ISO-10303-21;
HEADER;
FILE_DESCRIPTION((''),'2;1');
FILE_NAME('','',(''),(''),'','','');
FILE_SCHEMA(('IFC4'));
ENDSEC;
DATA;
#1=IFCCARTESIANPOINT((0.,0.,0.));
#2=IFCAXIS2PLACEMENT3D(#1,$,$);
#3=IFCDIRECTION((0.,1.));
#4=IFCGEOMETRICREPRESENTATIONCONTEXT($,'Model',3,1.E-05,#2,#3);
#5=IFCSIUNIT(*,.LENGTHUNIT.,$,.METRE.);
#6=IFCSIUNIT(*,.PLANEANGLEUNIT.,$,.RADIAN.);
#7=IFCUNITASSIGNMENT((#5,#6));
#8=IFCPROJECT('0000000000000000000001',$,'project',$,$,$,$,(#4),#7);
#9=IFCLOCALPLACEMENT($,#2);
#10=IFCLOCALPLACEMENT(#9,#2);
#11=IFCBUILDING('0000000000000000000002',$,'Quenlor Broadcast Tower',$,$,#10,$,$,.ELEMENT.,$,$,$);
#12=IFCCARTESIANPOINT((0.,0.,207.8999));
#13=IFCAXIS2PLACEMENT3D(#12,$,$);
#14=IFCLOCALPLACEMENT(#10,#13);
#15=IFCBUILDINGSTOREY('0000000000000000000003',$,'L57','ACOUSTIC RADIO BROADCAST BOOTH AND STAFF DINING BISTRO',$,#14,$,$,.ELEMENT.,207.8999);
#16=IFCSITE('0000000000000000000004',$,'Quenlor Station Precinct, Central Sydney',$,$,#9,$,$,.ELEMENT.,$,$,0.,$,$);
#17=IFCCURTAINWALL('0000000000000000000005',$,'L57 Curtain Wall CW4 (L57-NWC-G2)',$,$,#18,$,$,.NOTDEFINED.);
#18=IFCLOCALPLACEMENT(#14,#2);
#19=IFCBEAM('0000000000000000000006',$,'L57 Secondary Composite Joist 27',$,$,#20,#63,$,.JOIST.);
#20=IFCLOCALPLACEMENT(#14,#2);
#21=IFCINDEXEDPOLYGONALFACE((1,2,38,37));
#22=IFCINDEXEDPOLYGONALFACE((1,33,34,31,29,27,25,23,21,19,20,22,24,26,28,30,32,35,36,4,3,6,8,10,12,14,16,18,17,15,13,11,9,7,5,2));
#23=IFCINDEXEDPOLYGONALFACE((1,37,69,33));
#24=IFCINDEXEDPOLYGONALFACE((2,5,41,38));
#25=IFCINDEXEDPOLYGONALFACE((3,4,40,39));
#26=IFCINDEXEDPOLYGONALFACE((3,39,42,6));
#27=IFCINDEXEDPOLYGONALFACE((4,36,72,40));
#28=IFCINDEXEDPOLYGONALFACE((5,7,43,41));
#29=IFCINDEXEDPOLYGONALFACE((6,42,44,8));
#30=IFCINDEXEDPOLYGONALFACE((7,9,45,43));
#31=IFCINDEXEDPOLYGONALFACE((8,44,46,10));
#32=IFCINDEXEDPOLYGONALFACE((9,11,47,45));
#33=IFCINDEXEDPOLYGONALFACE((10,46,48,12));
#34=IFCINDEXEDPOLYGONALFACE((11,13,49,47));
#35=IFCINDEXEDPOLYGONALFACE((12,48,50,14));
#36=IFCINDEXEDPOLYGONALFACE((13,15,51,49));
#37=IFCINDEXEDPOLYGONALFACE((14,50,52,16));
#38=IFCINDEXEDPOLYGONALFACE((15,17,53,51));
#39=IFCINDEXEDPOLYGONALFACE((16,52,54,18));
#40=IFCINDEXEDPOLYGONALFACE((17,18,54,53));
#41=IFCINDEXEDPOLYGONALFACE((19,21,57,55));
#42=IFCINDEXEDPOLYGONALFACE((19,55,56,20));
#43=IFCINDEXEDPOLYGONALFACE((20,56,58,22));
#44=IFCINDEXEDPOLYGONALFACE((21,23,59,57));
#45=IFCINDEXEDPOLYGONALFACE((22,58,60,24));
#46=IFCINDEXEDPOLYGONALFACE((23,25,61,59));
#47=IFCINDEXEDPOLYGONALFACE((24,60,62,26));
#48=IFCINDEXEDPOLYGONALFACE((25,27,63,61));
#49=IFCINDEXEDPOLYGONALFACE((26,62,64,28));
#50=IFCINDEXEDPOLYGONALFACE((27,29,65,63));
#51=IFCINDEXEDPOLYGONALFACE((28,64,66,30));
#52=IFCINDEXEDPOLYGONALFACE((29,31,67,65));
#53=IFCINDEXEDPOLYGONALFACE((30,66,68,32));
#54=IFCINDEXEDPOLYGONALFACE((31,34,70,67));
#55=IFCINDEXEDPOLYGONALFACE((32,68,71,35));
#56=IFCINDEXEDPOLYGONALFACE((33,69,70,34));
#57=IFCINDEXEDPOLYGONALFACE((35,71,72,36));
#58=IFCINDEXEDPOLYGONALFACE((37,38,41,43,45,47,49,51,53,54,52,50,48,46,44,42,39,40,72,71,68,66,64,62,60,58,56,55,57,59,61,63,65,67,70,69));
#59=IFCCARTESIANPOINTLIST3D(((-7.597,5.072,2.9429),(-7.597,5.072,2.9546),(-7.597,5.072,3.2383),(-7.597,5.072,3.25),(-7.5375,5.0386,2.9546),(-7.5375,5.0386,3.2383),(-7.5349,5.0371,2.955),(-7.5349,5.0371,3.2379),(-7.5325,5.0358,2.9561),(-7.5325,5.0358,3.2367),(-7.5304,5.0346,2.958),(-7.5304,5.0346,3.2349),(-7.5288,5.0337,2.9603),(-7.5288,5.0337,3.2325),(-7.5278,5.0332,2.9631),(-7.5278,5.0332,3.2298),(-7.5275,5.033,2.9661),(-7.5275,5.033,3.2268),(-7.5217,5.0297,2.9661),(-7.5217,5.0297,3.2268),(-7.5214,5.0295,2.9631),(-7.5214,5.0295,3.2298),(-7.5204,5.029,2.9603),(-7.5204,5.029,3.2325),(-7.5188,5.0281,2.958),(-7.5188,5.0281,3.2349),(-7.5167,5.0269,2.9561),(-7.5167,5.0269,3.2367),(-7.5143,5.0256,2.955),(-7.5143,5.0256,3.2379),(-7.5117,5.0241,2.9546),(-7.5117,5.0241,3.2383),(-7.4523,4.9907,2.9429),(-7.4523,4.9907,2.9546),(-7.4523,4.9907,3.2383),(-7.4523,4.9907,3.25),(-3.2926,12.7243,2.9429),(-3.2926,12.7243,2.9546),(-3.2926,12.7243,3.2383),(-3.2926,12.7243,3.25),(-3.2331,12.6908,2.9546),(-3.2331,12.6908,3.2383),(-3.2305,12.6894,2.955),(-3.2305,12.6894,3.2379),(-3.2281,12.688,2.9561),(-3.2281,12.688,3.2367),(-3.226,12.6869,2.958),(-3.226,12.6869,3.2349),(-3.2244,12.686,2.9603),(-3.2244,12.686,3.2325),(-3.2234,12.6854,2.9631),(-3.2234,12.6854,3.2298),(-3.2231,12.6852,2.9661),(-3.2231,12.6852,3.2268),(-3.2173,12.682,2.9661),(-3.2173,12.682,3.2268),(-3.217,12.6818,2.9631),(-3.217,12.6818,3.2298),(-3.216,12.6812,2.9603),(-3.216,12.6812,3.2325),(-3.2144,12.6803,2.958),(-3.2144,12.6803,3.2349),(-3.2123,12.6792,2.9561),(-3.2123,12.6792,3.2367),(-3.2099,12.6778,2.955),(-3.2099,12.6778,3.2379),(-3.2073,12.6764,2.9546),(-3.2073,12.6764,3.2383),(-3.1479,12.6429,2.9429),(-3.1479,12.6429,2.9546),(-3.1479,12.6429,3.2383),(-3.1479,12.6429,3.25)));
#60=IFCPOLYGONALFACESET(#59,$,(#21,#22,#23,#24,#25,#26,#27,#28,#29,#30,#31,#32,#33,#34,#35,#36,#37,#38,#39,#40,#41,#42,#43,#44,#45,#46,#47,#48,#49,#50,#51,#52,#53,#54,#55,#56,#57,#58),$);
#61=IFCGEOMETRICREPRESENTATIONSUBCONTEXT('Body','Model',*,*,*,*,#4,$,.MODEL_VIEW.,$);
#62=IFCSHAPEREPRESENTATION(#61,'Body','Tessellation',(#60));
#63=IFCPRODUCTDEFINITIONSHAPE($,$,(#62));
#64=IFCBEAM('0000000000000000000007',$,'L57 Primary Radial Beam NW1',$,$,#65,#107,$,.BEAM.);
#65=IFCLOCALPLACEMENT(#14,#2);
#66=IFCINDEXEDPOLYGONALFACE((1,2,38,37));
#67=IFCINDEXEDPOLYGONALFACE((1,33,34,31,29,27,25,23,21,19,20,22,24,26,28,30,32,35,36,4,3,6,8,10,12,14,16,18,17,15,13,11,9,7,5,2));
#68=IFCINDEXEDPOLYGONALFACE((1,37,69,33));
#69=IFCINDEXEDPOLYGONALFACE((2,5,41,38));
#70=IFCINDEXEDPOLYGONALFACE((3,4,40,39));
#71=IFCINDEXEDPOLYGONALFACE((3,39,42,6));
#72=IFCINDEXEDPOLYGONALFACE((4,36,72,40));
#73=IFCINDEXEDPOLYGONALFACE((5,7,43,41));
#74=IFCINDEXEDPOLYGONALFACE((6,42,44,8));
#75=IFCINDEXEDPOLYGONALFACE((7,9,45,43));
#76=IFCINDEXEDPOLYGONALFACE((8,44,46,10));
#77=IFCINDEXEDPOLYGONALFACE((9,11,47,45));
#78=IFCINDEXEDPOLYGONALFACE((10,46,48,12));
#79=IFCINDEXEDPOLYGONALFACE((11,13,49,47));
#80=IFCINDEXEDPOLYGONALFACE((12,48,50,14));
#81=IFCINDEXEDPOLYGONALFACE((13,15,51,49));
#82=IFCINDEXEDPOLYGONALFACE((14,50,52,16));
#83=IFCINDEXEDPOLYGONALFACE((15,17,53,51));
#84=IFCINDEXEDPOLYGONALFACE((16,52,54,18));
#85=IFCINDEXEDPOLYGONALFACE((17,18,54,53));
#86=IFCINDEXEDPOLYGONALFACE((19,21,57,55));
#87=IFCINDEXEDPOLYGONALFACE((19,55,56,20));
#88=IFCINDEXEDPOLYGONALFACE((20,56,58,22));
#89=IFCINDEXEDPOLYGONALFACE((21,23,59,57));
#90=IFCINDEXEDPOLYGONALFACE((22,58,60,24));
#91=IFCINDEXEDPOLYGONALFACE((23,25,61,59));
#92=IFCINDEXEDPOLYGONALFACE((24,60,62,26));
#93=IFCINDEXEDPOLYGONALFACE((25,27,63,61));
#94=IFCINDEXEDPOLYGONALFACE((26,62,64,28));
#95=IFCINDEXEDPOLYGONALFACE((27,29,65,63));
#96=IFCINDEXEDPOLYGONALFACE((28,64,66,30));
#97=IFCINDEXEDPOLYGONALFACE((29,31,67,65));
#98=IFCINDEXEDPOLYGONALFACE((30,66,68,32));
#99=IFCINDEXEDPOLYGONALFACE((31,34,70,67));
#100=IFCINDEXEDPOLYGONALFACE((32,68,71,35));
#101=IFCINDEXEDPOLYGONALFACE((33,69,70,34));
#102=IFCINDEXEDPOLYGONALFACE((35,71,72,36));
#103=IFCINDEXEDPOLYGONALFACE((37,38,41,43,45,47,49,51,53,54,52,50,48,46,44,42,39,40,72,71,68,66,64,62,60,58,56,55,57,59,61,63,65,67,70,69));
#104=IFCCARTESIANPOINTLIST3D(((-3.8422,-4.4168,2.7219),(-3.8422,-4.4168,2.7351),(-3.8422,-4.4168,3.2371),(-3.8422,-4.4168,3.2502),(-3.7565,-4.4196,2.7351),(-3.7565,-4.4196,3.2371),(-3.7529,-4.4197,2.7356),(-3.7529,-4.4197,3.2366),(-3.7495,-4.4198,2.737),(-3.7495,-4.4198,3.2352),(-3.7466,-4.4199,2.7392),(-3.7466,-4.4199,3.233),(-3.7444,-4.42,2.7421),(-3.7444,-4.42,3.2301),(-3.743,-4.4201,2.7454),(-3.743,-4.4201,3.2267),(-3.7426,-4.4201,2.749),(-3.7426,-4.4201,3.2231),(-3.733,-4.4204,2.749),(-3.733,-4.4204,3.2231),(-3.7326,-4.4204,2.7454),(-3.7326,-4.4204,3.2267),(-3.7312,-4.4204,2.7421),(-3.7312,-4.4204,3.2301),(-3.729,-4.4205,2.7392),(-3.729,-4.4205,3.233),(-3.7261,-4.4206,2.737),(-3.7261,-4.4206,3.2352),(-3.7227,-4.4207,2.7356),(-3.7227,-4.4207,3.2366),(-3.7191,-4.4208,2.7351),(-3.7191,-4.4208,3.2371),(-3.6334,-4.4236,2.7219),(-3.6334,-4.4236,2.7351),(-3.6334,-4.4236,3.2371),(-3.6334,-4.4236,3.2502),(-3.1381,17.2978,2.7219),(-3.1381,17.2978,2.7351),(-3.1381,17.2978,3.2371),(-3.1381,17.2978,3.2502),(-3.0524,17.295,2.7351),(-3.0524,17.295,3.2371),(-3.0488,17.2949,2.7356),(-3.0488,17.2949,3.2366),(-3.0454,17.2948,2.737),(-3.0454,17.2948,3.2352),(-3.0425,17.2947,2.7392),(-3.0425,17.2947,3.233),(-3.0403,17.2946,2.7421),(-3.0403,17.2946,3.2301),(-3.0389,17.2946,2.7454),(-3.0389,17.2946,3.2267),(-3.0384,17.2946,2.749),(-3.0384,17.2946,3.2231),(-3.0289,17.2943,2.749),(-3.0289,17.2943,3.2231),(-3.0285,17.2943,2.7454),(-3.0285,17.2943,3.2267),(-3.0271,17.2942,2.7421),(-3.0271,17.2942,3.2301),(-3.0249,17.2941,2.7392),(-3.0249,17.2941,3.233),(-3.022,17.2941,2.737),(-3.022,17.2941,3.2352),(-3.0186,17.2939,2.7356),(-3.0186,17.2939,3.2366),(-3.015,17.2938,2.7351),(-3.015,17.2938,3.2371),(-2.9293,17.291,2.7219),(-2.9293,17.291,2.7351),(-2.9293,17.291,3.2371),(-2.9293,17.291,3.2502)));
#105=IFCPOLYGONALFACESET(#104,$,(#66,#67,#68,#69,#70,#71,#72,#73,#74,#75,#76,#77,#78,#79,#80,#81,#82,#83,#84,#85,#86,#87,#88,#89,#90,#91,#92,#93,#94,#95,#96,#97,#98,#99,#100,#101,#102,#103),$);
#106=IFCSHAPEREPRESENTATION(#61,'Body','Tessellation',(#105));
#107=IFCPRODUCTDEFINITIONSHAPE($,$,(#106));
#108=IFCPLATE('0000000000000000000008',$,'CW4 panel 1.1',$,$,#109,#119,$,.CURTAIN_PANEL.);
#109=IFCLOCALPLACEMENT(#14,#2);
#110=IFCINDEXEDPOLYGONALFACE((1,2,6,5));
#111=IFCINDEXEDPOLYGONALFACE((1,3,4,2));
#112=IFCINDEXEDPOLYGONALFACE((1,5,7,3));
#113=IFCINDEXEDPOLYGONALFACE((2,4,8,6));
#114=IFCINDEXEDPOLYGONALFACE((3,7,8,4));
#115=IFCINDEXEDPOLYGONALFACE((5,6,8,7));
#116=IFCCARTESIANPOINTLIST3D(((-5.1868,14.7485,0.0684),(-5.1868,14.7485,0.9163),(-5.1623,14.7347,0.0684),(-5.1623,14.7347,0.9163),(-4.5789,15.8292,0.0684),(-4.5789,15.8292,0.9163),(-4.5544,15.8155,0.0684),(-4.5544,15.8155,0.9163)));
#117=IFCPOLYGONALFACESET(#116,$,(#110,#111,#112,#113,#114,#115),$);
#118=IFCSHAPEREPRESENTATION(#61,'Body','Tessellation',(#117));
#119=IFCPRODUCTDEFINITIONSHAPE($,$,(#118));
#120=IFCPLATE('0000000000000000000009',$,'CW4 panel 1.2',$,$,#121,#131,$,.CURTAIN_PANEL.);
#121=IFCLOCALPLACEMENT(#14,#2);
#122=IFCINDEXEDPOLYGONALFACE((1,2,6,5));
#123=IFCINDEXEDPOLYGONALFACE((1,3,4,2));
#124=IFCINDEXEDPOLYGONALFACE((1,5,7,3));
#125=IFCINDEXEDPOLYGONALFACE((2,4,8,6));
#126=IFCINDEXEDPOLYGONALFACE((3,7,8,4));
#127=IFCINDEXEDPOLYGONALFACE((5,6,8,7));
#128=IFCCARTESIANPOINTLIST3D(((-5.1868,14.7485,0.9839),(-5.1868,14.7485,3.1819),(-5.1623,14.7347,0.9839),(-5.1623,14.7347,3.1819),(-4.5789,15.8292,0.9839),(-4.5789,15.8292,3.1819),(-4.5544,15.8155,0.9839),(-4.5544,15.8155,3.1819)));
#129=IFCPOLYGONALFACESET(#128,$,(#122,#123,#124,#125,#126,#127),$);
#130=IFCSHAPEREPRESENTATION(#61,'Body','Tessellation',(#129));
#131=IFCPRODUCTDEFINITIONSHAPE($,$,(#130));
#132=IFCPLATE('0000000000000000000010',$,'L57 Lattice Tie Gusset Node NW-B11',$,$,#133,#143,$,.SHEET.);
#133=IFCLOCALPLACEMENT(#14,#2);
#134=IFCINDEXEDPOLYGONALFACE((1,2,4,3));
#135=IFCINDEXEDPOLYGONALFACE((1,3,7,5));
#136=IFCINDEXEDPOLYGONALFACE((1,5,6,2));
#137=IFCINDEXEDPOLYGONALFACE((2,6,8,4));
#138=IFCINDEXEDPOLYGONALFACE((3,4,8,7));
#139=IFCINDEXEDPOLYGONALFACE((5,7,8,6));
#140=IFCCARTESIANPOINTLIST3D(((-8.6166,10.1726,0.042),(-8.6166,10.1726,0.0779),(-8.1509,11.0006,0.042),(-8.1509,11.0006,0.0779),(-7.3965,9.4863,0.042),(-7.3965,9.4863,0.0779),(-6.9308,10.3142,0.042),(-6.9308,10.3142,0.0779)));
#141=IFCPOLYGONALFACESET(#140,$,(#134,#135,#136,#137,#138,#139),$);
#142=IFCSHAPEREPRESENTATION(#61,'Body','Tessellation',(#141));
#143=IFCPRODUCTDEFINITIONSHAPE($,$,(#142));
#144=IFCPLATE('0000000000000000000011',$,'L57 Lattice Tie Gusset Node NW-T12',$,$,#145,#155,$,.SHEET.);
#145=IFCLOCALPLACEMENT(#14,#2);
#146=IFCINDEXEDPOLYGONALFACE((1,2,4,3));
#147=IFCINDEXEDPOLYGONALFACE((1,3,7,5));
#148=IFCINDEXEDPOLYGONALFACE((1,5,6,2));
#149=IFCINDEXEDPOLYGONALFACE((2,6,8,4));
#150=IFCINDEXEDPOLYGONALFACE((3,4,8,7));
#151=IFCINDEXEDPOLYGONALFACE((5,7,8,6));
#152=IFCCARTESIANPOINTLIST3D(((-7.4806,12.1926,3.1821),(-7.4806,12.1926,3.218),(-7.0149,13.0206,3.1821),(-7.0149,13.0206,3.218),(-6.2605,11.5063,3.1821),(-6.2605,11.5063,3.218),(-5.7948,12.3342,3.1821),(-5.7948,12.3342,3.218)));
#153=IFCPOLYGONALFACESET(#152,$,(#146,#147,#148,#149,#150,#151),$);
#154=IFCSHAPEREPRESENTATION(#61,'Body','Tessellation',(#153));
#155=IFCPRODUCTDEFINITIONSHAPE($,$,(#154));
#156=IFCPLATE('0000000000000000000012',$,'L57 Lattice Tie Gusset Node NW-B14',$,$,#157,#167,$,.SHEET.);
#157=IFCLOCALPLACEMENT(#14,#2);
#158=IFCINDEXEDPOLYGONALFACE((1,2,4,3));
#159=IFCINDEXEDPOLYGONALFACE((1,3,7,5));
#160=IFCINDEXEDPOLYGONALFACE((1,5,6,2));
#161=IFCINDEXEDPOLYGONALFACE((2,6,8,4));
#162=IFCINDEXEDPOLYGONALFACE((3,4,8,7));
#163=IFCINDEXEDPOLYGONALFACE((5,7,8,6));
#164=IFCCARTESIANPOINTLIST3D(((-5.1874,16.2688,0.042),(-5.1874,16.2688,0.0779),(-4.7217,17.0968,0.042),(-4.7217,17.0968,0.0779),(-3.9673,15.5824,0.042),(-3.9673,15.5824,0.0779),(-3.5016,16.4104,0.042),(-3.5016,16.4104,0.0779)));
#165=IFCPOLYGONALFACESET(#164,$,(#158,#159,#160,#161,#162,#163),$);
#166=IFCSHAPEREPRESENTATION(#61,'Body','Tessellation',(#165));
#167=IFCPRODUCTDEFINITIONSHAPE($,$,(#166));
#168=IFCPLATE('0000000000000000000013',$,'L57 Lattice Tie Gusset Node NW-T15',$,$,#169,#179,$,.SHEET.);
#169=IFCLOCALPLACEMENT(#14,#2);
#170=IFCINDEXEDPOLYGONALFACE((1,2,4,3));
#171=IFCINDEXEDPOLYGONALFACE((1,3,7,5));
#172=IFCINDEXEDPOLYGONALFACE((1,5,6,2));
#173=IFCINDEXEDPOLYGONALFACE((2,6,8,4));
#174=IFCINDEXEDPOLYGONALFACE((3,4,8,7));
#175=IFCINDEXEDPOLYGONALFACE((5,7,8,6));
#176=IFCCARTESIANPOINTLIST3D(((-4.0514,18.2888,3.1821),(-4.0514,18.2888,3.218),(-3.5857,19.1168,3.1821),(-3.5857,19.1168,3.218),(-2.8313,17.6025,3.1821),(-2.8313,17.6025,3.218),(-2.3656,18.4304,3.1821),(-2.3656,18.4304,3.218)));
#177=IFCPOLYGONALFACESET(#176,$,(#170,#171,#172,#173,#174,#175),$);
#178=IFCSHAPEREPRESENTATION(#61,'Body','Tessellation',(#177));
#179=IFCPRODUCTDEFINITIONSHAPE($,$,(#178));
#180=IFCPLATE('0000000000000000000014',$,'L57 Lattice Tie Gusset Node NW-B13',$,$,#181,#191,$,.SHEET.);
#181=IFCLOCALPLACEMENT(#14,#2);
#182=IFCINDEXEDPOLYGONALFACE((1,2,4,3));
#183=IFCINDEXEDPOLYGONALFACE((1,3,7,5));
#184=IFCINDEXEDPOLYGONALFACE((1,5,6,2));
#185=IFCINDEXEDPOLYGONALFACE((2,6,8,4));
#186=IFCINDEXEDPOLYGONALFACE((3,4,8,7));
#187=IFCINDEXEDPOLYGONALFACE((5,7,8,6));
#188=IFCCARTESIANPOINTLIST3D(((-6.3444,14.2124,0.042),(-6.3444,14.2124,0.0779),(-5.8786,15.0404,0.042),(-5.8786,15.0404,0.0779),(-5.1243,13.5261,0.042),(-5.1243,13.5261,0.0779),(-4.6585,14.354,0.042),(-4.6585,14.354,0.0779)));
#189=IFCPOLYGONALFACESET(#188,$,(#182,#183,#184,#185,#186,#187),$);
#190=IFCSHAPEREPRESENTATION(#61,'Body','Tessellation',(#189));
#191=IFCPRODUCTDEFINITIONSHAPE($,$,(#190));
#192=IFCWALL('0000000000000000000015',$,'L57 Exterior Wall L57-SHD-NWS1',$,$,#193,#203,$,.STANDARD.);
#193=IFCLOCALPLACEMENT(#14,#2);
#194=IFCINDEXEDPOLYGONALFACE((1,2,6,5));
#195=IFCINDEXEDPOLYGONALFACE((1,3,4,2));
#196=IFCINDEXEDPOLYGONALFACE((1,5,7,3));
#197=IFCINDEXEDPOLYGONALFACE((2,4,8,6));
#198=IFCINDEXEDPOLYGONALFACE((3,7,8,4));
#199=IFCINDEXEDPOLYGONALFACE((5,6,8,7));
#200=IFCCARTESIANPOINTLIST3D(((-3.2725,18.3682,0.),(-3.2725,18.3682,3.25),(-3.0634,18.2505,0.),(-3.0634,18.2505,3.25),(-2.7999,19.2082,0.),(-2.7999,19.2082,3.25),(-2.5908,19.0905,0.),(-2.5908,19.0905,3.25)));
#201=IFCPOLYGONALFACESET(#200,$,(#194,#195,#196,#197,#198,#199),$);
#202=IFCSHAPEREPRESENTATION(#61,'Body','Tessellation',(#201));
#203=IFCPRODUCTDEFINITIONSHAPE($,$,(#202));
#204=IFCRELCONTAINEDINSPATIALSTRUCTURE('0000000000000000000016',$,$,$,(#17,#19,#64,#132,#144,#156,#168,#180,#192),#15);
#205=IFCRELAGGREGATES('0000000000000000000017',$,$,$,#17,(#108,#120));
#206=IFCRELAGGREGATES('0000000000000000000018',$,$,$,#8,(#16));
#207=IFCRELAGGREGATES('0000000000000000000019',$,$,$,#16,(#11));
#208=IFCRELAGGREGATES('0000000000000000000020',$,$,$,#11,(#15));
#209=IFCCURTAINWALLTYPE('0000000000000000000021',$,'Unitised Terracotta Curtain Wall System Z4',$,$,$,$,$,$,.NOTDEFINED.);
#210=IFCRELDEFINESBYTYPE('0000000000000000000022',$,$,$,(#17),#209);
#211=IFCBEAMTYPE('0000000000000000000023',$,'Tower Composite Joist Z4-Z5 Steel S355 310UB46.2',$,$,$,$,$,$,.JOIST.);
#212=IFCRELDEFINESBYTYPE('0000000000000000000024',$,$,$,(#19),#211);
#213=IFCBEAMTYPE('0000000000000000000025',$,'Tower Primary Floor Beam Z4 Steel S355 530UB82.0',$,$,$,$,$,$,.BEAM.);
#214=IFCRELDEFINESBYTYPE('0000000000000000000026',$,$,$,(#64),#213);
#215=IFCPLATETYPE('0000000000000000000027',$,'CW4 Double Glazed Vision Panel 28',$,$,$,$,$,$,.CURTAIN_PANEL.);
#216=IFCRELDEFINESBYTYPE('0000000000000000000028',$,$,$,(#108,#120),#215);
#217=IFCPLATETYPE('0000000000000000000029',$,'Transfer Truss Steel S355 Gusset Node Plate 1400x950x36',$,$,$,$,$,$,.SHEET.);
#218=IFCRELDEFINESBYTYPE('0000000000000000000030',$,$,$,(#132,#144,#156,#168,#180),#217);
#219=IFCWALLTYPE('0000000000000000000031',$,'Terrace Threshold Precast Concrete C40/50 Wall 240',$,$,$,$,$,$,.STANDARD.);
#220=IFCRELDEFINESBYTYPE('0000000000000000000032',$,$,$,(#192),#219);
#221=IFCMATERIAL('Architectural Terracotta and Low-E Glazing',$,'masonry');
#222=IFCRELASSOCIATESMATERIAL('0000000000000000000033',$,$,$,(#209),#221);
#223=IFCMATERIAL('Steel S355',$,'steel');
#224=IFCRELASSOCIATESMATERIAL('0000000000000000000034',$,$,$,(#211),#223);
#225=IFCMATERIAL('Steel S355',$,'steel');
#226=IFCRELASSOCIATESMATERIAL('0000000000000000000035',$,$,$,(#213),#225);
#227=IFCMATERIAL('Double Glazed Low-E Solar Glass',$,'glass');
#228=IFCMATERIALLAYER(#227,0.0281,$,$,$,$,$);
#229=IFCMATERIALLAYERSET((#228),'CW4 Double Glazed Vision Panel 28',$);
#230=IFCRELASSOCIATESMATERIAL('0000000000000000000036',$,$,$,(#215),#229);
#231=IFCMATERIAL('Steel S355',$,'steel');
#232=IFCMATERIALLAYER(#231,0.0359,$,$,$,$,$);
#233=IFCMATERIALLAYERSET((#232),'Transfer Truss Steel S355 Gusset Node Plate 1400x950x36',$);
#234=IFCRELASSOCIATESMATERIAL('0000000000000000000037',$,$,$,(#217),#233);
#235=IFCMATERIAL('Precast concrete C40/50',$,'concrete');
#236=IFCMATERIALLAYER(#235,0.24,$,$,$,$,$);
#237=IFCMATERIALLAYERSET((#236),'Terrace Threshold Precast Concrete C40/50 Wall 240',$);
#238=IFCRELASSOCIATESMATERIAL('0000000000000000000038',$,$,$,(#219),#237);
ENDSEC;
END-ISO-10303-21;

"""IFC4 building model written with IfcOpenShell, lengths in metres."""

from ifc_helpers import new_model, si_unit, direction, frame, frame_2d, origin, origin_2d, place, context, subcontext, project, spatial, rectangle, i_section, extrude, material, layer, layer_set, material_profile, profile_set, type_object, element, aggregate, save


model = new_model("IFC4")

# Units and contexts
model_context = context("Model", 3, precision=1e-05, world=origin(), true_north=direction((0.0, 1.0)))
body_context = subcontext(model_context, "Body", "Model", "MODEL_VIEW")
ifc_project = project(units=[si_unit("LENGTHUNIT", "METRE"), si_unit("PLANEANGLEUNIT", "RADIAN")], contexts=[model_context])

# Site, building, storey
site_placement = place(None, origin())
site = spatial("IfcSite", under=ifc_project, at=site_placement, Name="Quenlor Station Precinct, Central Sydney", CompositionType="ELEMENT", RefElevation=0.0)
building_placement = place(site_placement, origin())
building = spatial("IfcBuilding", under=site, at=building_placement, Name="Quenlor Broadcast Tower", CompositionType="ELEMENT")
storey_placement = place(building_placement, frame((0.0, 0.0, 207.8999)))
storey = spatial("IfcBuildingStorey", under=building, at=storey_placement, Name="L57", Description="ACOUSTIC RADIO BROADCAST BOOTH AND STAFF DINING BISTRO", CompositionType="ELEMENT", Elevation=207.8999)

# Curtain wall
ifc_material_1 = material(Name="Architectural Terracotta and Low-E Glazing", Category="masonry")
curtain_wall_type = type_object("IfcCurtainWallType", Name="Unitised Terracotta Curtain Wall System Z4", PredefinedType="NOTDEFINED", material=ifc_material_1)
curtain_wall_placement = place(storey_placement, origin())
curtain_wall = element("IfcCurtainWall", 1, at=curtain_wall_placement, inside=storey, type_object=curtain_wall_type, Name="L57 Curtain Wall CW4 (L57-NWC-G2)", PredefinedType="NOTDEFINED")

# Beams
ifc_material_2 = material(Name="Steel S355", Category="steel")
ifc_material_profile_1 = material_profile(ifc_material_2, i_section(OverallWidth=0.166, OverallDepth=0.3071, WebThickness=0.0066, FlangeThickness=0.0117, FilletRadius=0.0115, at=origin_2d()))
ifc_profile_set_1 = profile_set([ifc_material_profile_1], Name="Steel S355 310UB46.2")
beam_type_1 = type_object("IfcBeamType", Name="Tower Composite Joist Z4-Z5 Steel S355 310UB46.2", PredefinedType="JOIST", material=ifc_profile_set_1)
beam_1_placement = place(storey_placement, frame((-3.2202, 12.6836, 3.0964), z_axis=(-0.490261, -0.871576, 0.0), x_axis=(0.871576, -0.490261, 0.0)))
element("IfcBeam", 2, at=beam_1_placement, inside=storey, type_object=beam_type_1, Name="L57 Secondary Composite Joist 27", PredefinedType="JOIST", context=body_context, shape_type="SweptSolid", body=[
    extrude(i_section(OverallWidth=0.166, OverallDepth=0.3071, WebThickness=0.0066, FlangeThickness=0.0117, FilletRadius=0.0115, at=origin_2d()), origin(), (0.0, 0.0, 1.0), 8.7798),
])
ifc_material_3 = material(Name="Steel S355", Category="steel")
ifc_material_profile_2 = material_profile(ifc_material_3, i_section(OverallWidth=0.209, OverallDepth=0.5283, WebThickness=0.0095, FlangeThickness=0.0132, FilletRadius=0.0139, at=origin_2d()))
ifc_profile_set_2 = profile_set([ifc_material_profile_2], Name="Steel S355 530UB82.0")
beam_type_2 = type_object("IfcBeamType", Name="Tower Primary Floor Beam Z4 Steel S355 530UB82.0", PredefinedType="BEAM", material=ifc_profile_set_2)
beam_2_placement = place(storey_placement, frame((-3.0337, 17.2944, 2.9861), z_axis=(-0.032408, -0.999475, 0.0), x_axis=(0.999475, -0.032408, 0.0)))
element("IfcBeam", 3, at=beam_2_placement, inside=storey, type_object=beam_type_2, Name="L57 Primary Radial Beam NW1", PredefinedType="BEAM", context=body_context, shape_type="SweptSolid", body=[
    extrude(i_section(OverallWidth=0.209, OverallDepth=0.5283, WebThickness=0.0095, FlangeThickness=0.0132, FilletRadius=0.0139, at=origin_2d()), origin(), (0.0, 0.0, 1.0), 21.7261),
])

# Plates
ifc_material_4 = material(Name="Double Glazed Low-E Solar Glass", Category="glass")
ifc_layer_1 = layer(ifc_material_4, 0.0281)
ifc_layer_set_1 = layer_set([ifc_layer_1], Name="CW4 Double Glazed Vision Panel 28")
plate_type_1 = type_object("IfcPlateType", Name="CW4 Double Glazed Vision Panel 28", PredefinedType="CURTAIN_PANEL", material=ifc_layer_set_1)
plate_1_placement = place(storey_placement, frame((-4.8706, 15.282, 0.0684), z_axis=(0.0, 0.0, 1.0), x_axis=(0.490289, 0.87156, 0.0)))
plate_1 = element("IfcPlate", 4, at=plate_1_placement, type_object=plate_type_1, Name="CW4 panel 1.1", PredefinedType="CURTAIN_PANEL", context=body_context, shape_type="SweptSolid", body=[
    extrude(rectangle(XDim=1.24, YDim=0.0281, at=origin_2d()), origin(), (0.0, 0.0, 1.0), 0.8479),
])
plate_2_placement = place(storey_placement, frame((-4.8706, 15.282, 0.9839), z_axis=(0.0, 0.0, 1.0), x_axis=(0.490289, 0.87156, 0.0)))
plate_2 = element("IfcPlate", 5, at=plate_2_placement, type_object=plate_type_1, Name="CW4 panel 1.2", PredefinedType="CURTAIN_PANEL", context=body_context, shape_type="SweptSolid", body=[
    extrude(rectangle(XDim=1.24, YDim=0.0281, at=origin_2d()), origin(), (0.0, 0.0, 1.0), 2.198),
])
aggregate(curtain_wall, [plate_1, plate_2])

# Plates
ifc_material_5 = material(Name="Steel S355", Category="steel")
ifc_layer_2 = layer(ifc_material_5, 0.0359)
ifc_layer_set_2 = layer_set([ifc_layer_2], Name="Transfer Truss Steel S355 Gusset Node Plate 1400x950x36")
plate_type_2 = type_object("IfcPlateType", Name="Transfer Truss Steel S355 Gusset Node Plate 1400x950x36", PredefinedType="SHEET", material=ifc_layer_set_2)
for number, where, z_axis, x_axis, name in (
    (6, (-7.7737, 10.2434, 0.042), (0.0, 0.0, 1.0), (-0.871556, 0.490295, 0.0), "L57 Lattice Tie Gusset Node NW-B11"),
    (7, (-6.6377, 12.2634, 3.1821), (0.0, 0.0, 1.0), (-0.871556, 0.490295, 0.0), "L57 Lattice Tie Gusset Node NW-T12"),
    (8, (-4.3445, 16.3396, 0.042), (0.0, 0.0, 1.0), (-0.871556, 0.490295, 0.0), "L57 Lattice Tie Gusset Node NW-B14"),
    (9, (-3.2085, 18.3596, 3.1821), (0.0, 0.0, 1.0), (-0.871556, 0.490295, 0.0), "L57 Lattice Tie Gusset Node NW-T15"),
    (10, (-5.5015, 14.2832, 0.042), (0.0, 0.0, 1.0), (-0.871556, 0.490295, 0.0), "L57 Lattice Tie Gusset Node NW-B13"),
):
    element("IfcPlate", number, at=place(storey_placement, frame(where, z_axis=z_axis, x_axis=x_axis)), inside=storey, type_object=plate_type_2, Name=name, PredefinedType="SHEET", context=body_context, shape_type="SweptSolid", body=[
        extrude(rectangle(XDim=1.3999, YDim=0.95, at=origin_2d()), origin(), (0.0, 0.0, 1.0), 0.0359),
    ])

# Wall
ifc_material_6 = material(Name="Precast concrete C40/50", Category="concrete")
ifc_layer_3 = layer(ifc_material_6, 0.24)
ifc_layer_set_3 = layer_set([ifc_layer_3], Name="Terrace Threshold Precast Concrete C40/50 Wall 240")
wall_type_1 = type_object("IfcWallType", Name="Terrace Threshold Precast Concrete C40/50 Wall 240", PredefinedType="STANDARD", material=ifc_layer_set_3)
wall_1_placement = place(storey_placement, frame((-3.168, 18.3093, 0.0), z_axis=(0.0, 0.0, 1.0), x_axis=(0.490345, 0.871528, 0.0)))
element("IfcWall", 11, at=wall_1_placement, inside=storey, type_object=wall_type_1, Name="L57 Exterior Wall L57-SHD-NWS1", PredefinedType="STANDARD", context=body_context, shape_type="SweptSolid", body=[
    extrude(rectangle(XDim=0.9639, YDim=0.24, at=frame_2d((0.4819, 0.0))), origin(), (0.0, 0.0, 1.0), 3.25),
])

save(model, "model.ifc")
